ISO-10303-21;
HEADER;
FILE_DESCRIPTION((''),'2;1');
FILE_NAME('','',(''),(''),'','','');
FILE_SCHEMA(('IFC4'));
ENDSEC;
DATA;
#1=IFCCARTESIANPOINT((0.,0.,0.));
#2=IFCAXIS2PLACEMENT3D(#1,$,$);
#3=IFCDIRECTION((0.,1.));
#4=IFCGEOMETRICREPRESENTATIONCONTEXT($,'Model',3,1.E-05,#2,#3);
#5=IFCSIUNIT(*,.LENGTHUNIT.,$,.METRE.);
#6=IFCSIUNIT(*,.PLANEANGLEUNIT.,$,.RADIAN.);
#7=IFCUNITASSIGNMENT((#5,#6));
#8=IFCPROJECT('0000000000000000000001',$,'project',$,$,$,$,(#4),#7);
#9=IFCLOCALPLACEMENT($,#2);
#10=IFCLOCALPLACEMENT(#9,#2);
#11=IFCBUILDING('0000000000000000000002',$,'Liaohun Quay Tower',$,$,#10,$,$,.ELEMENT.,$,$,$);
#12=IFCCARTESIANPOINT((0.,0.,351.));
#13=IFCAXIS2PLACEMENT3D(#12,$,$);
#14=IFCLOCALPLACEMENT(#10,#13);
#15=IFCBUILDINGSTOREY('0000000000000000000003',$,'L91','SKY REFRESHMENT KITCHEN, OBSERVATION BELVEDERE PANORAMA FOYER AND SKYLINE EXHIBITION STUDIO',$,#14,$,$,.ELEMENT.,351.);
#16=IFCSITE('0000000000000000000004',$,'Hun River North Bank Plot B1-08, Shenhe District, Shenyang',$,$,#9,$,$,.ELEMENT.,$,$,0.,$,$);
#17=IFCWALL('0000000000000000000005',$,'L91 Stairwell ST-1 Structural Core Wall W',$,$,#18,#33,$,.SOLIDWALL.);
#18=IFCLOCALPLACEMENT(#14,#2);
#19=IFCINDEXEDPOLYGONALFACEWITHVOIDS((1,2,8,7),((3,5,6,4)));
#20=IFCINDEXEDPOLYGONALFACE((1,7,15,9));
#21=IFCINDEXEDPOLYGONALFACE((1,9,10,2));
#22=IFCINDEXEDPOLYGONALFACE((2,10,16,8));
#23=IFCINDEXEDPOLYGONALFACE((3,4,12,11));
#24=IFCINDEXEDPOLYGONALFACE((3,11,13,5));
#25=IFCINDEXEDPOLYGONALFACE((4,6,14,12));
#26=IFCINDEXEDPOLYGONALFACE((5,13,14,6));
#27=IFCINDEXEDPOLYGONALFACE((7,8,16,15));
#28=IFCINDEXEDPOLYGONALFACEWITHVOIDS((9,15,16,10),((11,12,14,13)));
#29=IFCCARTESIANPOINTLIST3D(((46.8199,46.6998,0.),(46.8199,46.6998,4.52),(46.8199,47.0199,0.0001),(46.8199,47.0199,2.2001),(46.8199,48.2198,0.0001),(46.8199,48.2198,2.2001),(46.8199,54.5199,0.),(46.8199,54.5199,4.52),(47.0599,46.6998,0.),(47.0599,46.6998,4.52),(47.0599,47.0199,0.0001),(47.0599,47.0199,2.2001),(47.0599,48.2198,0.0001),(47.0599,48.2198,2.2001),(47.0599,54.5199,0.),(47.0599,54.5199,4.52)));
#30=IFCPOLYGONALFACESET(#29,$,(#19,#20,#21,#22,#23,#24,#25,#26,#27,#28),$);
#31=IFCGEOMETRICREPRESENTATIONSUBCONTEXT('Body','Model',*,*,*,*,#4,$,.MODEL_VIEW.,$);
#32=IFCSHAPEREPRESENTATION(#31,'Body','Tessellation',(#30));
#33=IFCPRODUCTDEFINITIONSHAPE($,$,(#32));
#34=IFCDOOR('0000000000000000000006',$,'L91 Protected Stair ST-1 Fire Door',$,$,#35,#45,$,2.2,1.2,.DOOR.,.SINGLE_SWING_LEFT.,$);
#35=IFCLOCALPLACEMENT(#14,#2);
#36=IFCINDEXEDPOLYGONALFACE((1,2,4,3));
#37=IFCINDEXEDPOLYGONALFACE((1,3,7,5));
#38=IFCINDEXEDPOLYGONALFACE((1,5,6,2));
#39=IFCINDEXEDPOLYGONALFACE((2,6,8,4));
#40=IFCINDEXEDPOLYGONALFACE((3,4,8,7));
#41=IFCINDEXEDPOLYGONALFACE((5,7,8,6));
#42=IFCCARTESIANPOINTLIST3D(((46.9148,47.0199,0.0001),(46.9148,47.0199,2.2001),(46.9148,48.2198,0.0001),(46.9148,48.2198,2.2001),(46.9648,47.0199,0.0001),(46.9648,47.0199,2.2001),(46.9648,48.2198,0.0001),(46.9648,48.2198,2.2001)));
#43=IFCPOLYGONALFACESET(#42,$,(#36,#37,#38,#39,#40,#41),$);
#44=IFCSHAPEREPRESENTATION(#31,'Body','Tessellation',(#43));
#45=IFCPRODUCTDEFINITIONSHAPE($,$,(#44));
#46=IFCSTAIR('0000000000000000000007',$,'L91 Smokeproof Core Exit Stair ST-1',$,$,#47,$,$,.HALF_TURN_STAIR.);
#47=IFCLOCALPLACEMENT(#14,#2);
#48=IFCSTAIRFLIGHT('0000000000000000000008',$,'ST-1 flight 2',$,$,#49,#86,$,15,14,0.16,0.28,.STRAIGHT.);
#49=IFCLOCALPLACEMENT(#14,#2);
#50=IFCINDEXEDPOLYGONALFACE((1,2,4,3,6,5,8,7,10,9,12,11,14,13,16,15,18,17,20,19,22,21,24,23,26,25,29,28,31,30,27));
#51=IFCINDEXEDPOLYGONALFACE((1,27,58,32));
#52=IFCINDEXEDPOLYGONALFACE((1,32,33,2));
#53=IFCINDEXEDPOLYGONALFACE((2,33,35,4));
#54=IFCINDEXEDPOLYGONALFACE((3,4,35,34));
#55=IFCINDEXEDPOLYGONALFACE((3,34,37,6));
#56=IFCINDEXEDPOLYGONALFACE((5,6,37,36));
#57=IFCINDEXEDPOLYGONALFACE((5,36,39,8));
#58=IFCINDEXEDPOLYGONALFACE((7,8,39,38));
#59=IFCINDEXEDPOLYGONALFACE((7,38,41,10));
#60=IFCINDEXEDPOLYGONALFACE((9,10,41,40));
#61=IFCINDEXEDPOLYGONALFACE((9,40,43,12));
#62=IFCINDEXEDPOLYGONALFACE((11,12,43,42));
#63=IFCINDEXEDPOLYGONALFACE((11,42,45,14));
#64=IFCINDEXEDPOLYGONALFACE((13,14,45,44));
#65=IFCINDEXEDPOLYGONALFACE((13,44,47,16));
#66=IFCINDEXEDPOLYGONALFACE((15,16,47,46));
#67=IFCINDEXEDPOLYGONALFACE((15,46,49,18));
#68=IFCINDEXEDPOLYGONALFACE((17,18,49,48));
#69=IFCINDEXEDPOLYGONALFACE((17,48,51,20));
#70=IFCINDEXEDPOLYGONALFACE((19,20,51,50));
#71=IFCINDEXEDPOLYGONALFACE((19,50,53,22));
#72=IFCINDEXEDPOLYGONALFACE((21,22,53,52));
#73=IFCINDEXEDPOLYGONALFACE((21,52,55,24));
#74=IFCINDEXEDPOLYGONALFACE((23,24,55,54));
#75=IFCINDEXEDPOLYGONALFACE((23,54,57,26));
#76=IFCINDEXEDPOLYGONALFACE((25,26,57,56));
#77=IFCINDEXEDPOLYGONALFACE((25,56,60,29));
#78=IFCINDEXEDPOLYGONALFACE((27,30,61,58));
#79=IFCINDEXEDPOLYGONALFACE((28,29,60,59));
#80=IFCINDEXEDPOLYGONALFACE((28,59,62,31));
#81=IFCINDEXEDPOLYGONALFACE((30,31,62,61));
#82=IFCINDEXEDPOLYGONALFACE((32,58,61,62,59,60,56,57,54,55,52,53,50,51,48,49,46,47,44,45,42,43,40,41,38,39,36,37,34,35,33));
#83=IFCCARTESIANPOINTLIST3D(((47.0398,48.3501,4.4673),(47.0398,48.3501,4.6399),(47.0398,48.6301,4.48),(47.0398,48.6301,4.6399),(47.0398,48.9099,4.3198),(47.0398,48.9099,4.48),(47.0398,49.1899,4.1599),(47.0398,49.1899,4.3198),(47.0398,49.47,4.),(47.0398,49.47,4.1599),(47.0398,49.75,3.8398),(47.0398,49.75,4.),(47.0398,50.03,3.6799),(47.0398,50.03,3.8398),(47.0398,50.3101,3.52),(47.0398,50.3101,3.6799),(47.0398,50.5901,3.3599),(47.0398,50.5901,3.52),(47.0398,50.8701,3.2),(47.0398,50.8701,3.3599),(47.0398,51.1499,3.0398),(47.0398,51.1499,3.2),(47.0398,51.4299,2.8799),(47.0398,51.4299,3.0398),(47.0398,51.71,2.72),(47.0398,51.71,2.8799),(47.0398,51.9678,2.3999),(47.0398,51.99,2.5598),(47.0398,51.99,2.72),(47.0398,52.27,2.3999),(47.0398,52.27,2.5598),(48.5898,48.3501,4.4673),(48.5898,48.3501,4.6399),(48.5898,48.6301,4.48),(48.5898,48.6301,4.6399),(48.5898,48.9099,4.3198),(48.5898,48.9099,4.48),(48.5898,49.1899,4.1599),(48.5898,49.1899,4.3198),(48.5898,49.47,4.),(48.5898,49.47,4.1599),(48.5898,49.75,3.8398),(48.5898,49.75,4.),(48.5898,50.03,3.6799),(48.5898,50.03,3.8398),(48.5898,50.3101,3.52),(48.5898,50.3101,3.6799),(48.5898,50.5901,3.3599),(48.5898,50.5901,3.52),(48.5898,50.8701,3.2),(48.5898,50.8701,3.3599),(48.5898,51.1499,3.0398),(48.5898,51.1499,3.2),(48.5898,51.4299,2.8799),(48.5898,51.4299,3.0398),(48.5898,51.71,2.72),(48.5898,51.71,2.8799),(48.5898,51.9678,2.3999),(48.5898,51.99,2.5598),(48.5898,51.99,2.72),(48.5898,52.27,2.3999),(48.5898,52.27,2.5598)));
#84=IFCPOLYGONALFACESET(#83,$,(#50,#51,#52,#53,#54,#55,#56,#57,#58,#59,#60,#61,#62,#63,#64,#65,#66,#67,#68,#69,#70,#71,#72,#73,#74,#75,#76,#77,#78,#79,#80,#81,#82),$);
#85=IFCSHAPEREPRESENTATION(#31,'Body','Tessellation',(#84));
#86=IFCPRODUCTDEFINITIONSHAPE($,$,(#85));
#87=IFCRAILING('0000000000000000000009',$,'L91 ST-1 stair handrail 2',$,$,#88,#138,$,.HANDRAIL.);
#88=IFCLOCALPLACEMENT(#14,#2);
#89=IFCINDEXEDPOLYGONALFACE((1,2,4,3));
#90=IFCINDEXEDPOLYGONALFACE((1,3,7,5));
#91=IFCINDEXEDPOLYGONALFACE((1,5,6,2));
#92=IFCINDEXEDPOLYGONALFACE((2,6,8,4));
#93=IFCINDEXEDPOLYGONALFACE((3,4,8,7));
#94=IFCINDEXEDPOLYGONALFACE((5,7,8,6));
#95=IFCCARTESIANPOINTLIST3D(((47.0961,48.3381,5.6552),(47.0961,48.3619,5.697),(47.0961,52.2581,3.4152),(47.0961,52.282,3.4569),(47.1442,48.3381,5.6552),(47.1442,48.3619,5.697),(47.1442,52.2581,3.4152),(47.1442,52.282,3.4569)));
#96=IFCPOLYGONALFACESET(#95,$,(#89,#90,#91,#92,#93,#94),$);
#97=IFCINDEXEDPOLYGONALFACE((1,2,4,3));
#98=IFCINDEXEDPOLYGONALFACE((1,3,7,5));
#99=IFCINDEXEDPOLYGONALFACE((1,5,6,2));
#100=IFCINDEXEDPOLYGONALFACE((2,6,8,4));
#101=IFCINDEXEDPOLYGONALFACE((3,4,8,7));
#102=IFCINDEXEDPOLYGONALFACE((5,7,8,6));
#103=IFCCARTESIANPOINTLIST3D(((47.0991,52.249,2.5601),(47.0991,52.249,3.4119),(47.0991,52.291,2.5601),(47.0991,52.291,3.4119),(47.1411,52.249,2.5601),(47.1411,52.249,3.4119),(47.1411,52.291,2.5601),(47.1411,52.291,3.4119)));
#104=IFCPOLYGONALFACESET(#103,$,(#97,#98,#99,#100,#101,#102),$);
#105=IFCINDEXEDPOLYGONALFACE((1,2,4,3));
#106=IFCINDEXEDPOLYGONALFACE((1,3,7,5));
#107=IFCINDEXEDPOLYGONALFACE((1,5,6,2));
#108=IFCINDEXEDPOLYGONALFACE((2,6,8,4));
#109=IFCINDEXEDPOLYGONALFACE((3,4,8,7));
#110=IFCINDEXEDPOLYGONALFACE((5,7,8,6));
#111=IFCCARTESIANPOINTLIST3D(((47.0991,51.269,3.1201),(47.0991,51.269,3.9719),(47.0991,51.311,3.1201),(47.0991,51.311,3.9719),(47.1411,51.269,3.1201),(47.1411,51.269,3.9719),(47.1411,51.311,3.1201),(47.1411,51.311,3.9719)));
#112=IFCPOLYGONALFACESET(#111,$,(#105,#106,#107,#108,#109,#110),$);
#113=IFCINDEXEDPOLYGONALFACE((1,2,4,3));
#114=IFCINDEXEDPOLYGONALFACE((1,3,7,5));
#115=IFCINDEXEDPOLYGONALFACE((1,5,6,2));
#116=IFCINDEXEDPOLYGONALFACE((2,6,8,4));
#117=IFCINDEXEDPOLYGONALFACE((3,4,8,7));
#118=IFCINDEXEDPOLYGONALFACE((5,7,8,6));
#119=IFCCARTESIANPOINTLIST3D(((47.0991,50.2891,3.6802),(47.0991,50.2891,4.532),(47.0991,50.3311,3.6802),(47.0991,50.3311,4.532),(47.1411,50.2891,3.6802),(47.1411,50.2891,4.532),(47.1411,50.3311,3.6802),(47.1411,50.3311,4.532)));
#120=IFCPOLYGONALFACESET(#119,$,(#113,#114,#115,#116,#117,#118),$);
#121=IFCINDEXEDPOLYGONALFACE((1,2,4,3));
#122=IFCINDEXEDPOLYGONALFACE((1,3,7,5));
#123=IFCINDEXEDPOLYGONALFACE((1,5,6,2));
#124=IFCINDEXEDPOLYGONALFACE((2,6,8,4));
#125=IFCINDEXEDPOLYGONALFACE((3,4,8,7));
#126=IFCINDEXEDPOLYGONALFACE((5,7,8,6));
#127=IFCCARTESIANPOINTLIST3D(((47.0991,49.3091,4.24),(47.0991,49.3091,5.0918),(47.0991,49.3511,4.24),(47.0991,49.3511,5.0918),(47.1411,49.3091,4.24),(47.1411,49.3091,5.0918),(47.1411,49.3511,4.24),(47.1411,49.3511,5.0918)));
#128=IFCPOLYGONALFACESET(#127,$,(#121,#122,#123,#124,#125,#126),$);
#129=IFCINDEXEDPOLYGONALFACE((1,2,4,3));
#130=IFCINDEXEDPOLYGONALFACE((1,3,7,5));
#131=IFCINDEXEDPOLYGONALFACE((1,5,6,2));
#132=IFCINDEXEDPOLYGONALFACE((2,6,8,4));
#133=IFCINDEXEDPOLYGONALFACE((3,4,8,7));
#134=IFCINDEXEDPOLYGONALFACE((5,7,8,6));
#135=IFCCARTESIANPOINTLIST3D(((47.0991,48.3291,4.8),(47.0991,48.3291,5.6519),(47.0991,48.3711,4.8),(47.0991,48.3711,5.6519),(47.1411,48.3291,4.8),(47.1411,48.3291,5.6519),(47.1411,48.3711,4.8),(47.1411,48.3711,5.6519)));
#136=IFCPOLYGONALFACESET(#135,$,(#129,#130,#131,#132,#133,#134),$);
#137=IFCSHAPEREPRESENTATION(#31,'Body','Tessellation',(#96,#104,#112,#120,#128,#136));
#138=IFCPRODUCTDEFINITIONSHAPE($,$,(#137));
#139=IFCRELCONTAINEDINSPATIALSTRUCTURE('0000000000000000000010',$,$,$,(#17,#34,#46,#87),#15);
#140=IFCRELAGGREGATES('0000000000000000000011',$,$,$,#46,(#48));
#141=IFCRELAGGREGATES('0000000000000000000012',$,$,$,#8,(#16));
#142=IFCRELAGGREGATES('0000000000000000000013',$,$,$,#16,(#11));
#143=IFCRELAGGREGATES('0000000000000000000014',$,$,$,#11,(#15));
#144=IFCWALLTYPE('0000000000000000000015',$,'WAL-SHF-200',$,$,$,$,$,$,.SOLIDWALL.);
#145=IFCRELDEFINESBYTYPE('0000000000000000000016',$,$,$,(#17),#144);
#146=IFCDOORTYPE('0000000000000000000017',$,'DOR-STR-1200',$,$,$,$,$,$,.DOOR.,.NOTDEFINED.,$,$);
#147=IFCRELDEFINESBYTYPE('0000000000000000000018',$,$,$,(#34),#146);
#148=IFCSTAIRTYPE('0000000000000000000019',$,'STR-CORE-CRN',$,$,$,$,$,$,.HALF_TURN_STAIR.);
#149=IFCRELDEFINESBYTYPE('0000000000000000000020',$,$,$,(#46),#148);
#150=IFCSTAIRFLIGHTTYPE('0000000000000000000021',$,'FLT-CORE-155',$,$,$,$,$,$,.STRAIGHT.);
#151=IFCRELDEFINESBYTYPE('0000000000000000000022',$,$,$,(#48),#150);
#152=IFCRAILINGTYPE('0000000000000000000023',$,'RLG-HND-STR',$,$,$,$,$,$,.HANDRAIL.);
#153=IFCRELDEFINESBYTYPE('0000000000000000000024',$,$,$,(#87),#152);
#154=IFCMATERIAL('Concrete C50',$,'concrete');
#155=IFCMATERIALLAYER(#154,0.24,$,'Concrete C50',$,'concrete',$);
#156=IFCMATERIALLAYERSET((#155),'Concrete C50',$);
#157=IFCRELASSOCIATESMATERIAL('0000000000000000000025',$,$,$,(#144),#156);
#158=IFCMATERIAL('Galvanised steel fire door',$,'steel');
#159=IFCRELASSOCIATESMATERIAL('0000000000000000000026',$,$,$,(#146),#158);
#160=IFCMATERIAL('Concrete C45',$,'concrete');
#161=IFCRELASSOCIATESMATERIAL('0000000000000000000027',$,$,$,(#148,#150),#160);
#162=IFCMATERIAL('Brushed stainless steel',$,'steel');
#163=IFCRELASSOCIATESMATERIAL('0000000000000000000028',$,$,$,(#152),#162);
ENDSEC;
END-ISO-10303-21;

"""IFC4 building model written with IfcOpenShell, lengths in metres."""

from ifc_helpers import new_model, si_unit, direction, frame, frame_2d, origin, origin_2d, place, context, subcontext, project, spatial, polyline, rectangle, outline, extrude, source, transform, mapped, material, layer, layer_set, type_object, element, fill, aggregate, save


model = new_model("IFC4")

# Units and contexts
model_context = context("Model", 3, precision=1e-05, world=origin(), true_north=direction((0.0, 1.0)))
body_context = subcontext(model_context, "Body", "Model", "MODEL_VIEW")
ifc_project = project(units=[si_unit("LENGTHUNIT", "METRE"), si_unit("PLANEANGLEUNIT", "RADIAN")], contexts=[model_context])

# Site, building, storey
site_placement = place(None, origin())
site = spatial("IfcSite", under=ifc_project, at=site_placement, Name="Hun River North Bank Plot B1-08, Shenhe District, Shenyang", CompositionType="ELEMENT", RefElevation=0.0)
building_placement = place(site_placement, origin())
building = spatial("IfcBuilding", under=site, at=building_placement, Name="Liaohun Quay Tower", CompositionType="ELEMENT")
storey_placement = place(building_placement, frame((0.0, 0.0, 351.0)))
storey = spatial("IfcBuildingStorey", under=building, at=storey_placement, Name="L91", Description="SKY REFRESHMENT KITCHEN, OBSERVATION BELVEDERE PANORAMA FOYER AND SKYLINE EXHIBITION STUDIO", CompositionType="ELEMENT", Elevation=351.0)

# Shared definitions
ifc_material_1 = material(Name="Concrete C50", Category="concrete")

# Shared definitions
ifc_layer_1 = layer(ifc_material_1, 0.24, Name="Concrete C50", Category="concrete")
ifc_layer_set_1 = layer_set([ifc_layer_1], Name="Concrete C50")
wall_type_1 = type_object("IfcWallType", Name="WAL-SHF-200", PredefinedType="SOLIDWALL", material=ifc_layer_set_1)

# Wall, opening, door
wall_1_placement = place(storey_placement, frame((46.9399, 54.52, 0.0), z_axis=(0.0, 0.0, 1.0), x_axis=(0.0, -1.0, 0.0)))
wall_1 = element("IfcWall", 1, at=wall_1_placement, inside=storey, type_object=wall_type_1, Name="L91 Stairwell ST-1 Structural Core Wall W", PredefinedType="SOLIDWALL", context=body_context, shape_type="SweptSolid", body=[
    extrude(rectangle(XDim=7.8201, YDim=0.24, at=frame_2d((3.9102, 0.0))), origin(), (0.0, 0.0, 1.0), 4.52),
])
shared_shape_1 = source(origin(), body_context, "Body", "SweptSolid", [
    extrude(rectangle(XDim=1.2, YDim=2.2, at=frame_2d((0.6001, 1.1001))), frame((0.0, 0.1299, 0.0), z_axis=(0.0, -1.0, 0.0), x_axis=(1.0, 0.0, 0.0)), (0.0, 0.0, 1.0), 0.26),
])
opening_1_placement = place(wall_1_placement, frame((6.3, 0.0, 0.0)))
opening_1 = element("IfcOpeningElement", 2, at=opening_1_placement, cuts=wall_1, PredefinedType="OPENING", context=body_context, shape_type="MappedRepresentation", body=[
    mapped(shared_shape_1, transform((0.0, 0.0, 0.0), x_axis=(1.0, 0.0, 0.0), y_axis=(0.0, 1.0, 0.0), z_axis=(0.0, 0.0, 1.0), scale=1.0)),
])
ifc_material_2 = material(Name="Galvanised steel fire door", Category="steel")
door_type_1 = type_object("IfcDoorType", Name="DOR-STR-1200", OperationType="NOTDEFINED", PredefinedType="DOOR", material=ifc_material_2)
shared_shape_2 = source(origin(), body_context, "Body", "SweptSolid", [
    extrude(rectangle(XDim=1.2, YDim=2.2, at=frame_2d((0.6001, 1.1001))), frame((0.0, 0.0249, 0.0), z_axis=(0.0, -1.0, 0.0), x_axis=(1.0, 0.0, 0.0)), (0.0, 0.0, 1.0), 0.05),
])
door_1_placement = place(opening_1_placement, origin())
door_1 = element("IfcDoor", 3, at=door_1_placement, inside=storey, type_object=door_type_1, Name="L91 Protected Stair ST-1 Fire Door", OperationType="SINGLE_SWING_LEFT", OverallHeight=2.2, OverallWidth=1.2, PredefinedType="DOOR", context=body_context, shape_type="MappedRepresentation", body=[
    mapped(shared_shape_2, transform((0.0, 0.0, 0.0), x_axis=(1.0, 0.0, 0.0), y_axis=(0.0, 1.0, 0.0), z_axis=(0.0, 0.0, 1.0), scale=1.0)),
])
fill(opening_1, door_1)

# Stair, stair flight
ifc_material_3 = material(Name="Concrete C45", Category="concrete")
stair_type = type_object("IfcStairType", Name="STR-CORE-CRN", PredefinedType="HALF_TURN_STAIR", material=ifc_material_3)
stair_placement = place(storey_placement, origin())
stair = element("IfcStair", 4, at=stair_placement, inside=storey, type_object=stair_type, Name="L91 Smokeproof Core Exit Stair ST-1", PredefinedType="HALF_TURN_STAIR")
stair_flight_type = type_object("IfcStairFlightType", Name="FLT-CORE-155", PredefinedType="STRAIGHT", material=ifc_material_3)
stair_flight_placement = place(storey_placement, frame((47.8149, 52.27, 2.3999), z_axis=(0.0, 0.0, 1.0), x_axis=(0.0, -1.0, 0.0)))
stair_flight = element("IfcStairFlight", 5, at=stair_flight_placement, type_object=stair_flight_type, Name="ST-1 flight 2", NumberOfRisers=15, NumberOfTreads=14, PredefinedType="STRAIGHT", RiserHeight=0.16, TreadLength=0.28, context=body_context, shape_type="SweptSolid", body=[
    extrude(outline(polyline([(0.0, 0.0), (0.0, 0.1599), (0.28, 0.1599), (0.28, 0.3201), (0.5601, 0.3201), (0.5601, 0.48), (0.8401, 0.48), (0.8401, 0.6399), (1.1201, 0.6399), (1.1201, 0.8), (1.3999, 0.8), (1.3999, 0.96), (1.6799, 0.96), (1.6799, 1.1201), (1.96, 1.1201), (1.96, 1.28), (2.24, 1.28), (2.24, 1.4399), (2.52, 1.4399), (2.52, 1.6001), (2.8, 1.6001), (2.8, 1.76), (3.0801, 1.76), (3.0801, 1.9199), (3.3601, 1.9199), (3.3601, 2.0801), (3.6399, 2.0801), (3.6399, 2.24), (3.9199, 2.24), (3.9199, 2.3999), (3.9199, 2.0674), (0.3022, 0.0), (0.0, 0.0)])), frame((0.0, 0.7749, 0.0), z_axis=(0.0, -1.0, 0.0), x_axis=(1.0, 0.0, 0.0)), (0.0, 0.0, 1.0), 1.55),
])
aggregate(stair, [stair_flight])

# Railing
ifc_material_4 = material(Name="Brushed stainless steel", Category="steel")
railing_type = type_object("IfcRailingType", Name="RLG-HND-STR", PredefinedType="HANDRAIL", material=ifc_material_4)
railing_placement = place(storey_placement, frame((47.1201, 52.27, 2.5601)))
element("IfcRailing", 6, at=railing_placement, inside=storey, type_object=railing_type, Name="L91 ST-1 stair handrail 2", PredefinedType="HANDRAIL", context=body_context, shape_type="SweptSolid", body=[
    extrude(rectangle(XDim=0.0481, YDim=0.0481, at=origin_2d()), frame((0.0, 0.0, 0.876), z_axis=(0.0, -0.86824, 0.496145), x_axis=(1.0, 0.0, 0.0)), (0.0, 0.0, 1.0), 4.5149),
    extrude(rectangle(XDim=0.042, YDim=0.042, at=origin_2d()), origin(), (0.0, 0.0, 1.0), 0.8518),
    extrude(rectangle(XDim=0.042, YDim=0.042, at=origin_2d()), frame((0.0, -0.98, 0.5601)), (0.0, 0.0, 1.0), 0.8518),
    extrude(rectangle(XDim=0.042, YDim=0.042, at=origin_2d()), frame((0.0, -1.96, 1.1201)), (0.0, 0.0, 1.0), 0.8518),
    extrude(rectangle(XDim=0.042, YDim=0.042, at=origin_2d()), frame((0.0, -2.9399, 1.6799)), (0.0, 0.0, 1.0), 0.8518),
    extrude(rectangle(XDim=0.042, YDim=0.042, at=origin_2d()), frame((0.0, -3.9199, 2.24)), (0.0, 0.0, 1.0), 0.8518),
])

save(model, "model.ifc")
